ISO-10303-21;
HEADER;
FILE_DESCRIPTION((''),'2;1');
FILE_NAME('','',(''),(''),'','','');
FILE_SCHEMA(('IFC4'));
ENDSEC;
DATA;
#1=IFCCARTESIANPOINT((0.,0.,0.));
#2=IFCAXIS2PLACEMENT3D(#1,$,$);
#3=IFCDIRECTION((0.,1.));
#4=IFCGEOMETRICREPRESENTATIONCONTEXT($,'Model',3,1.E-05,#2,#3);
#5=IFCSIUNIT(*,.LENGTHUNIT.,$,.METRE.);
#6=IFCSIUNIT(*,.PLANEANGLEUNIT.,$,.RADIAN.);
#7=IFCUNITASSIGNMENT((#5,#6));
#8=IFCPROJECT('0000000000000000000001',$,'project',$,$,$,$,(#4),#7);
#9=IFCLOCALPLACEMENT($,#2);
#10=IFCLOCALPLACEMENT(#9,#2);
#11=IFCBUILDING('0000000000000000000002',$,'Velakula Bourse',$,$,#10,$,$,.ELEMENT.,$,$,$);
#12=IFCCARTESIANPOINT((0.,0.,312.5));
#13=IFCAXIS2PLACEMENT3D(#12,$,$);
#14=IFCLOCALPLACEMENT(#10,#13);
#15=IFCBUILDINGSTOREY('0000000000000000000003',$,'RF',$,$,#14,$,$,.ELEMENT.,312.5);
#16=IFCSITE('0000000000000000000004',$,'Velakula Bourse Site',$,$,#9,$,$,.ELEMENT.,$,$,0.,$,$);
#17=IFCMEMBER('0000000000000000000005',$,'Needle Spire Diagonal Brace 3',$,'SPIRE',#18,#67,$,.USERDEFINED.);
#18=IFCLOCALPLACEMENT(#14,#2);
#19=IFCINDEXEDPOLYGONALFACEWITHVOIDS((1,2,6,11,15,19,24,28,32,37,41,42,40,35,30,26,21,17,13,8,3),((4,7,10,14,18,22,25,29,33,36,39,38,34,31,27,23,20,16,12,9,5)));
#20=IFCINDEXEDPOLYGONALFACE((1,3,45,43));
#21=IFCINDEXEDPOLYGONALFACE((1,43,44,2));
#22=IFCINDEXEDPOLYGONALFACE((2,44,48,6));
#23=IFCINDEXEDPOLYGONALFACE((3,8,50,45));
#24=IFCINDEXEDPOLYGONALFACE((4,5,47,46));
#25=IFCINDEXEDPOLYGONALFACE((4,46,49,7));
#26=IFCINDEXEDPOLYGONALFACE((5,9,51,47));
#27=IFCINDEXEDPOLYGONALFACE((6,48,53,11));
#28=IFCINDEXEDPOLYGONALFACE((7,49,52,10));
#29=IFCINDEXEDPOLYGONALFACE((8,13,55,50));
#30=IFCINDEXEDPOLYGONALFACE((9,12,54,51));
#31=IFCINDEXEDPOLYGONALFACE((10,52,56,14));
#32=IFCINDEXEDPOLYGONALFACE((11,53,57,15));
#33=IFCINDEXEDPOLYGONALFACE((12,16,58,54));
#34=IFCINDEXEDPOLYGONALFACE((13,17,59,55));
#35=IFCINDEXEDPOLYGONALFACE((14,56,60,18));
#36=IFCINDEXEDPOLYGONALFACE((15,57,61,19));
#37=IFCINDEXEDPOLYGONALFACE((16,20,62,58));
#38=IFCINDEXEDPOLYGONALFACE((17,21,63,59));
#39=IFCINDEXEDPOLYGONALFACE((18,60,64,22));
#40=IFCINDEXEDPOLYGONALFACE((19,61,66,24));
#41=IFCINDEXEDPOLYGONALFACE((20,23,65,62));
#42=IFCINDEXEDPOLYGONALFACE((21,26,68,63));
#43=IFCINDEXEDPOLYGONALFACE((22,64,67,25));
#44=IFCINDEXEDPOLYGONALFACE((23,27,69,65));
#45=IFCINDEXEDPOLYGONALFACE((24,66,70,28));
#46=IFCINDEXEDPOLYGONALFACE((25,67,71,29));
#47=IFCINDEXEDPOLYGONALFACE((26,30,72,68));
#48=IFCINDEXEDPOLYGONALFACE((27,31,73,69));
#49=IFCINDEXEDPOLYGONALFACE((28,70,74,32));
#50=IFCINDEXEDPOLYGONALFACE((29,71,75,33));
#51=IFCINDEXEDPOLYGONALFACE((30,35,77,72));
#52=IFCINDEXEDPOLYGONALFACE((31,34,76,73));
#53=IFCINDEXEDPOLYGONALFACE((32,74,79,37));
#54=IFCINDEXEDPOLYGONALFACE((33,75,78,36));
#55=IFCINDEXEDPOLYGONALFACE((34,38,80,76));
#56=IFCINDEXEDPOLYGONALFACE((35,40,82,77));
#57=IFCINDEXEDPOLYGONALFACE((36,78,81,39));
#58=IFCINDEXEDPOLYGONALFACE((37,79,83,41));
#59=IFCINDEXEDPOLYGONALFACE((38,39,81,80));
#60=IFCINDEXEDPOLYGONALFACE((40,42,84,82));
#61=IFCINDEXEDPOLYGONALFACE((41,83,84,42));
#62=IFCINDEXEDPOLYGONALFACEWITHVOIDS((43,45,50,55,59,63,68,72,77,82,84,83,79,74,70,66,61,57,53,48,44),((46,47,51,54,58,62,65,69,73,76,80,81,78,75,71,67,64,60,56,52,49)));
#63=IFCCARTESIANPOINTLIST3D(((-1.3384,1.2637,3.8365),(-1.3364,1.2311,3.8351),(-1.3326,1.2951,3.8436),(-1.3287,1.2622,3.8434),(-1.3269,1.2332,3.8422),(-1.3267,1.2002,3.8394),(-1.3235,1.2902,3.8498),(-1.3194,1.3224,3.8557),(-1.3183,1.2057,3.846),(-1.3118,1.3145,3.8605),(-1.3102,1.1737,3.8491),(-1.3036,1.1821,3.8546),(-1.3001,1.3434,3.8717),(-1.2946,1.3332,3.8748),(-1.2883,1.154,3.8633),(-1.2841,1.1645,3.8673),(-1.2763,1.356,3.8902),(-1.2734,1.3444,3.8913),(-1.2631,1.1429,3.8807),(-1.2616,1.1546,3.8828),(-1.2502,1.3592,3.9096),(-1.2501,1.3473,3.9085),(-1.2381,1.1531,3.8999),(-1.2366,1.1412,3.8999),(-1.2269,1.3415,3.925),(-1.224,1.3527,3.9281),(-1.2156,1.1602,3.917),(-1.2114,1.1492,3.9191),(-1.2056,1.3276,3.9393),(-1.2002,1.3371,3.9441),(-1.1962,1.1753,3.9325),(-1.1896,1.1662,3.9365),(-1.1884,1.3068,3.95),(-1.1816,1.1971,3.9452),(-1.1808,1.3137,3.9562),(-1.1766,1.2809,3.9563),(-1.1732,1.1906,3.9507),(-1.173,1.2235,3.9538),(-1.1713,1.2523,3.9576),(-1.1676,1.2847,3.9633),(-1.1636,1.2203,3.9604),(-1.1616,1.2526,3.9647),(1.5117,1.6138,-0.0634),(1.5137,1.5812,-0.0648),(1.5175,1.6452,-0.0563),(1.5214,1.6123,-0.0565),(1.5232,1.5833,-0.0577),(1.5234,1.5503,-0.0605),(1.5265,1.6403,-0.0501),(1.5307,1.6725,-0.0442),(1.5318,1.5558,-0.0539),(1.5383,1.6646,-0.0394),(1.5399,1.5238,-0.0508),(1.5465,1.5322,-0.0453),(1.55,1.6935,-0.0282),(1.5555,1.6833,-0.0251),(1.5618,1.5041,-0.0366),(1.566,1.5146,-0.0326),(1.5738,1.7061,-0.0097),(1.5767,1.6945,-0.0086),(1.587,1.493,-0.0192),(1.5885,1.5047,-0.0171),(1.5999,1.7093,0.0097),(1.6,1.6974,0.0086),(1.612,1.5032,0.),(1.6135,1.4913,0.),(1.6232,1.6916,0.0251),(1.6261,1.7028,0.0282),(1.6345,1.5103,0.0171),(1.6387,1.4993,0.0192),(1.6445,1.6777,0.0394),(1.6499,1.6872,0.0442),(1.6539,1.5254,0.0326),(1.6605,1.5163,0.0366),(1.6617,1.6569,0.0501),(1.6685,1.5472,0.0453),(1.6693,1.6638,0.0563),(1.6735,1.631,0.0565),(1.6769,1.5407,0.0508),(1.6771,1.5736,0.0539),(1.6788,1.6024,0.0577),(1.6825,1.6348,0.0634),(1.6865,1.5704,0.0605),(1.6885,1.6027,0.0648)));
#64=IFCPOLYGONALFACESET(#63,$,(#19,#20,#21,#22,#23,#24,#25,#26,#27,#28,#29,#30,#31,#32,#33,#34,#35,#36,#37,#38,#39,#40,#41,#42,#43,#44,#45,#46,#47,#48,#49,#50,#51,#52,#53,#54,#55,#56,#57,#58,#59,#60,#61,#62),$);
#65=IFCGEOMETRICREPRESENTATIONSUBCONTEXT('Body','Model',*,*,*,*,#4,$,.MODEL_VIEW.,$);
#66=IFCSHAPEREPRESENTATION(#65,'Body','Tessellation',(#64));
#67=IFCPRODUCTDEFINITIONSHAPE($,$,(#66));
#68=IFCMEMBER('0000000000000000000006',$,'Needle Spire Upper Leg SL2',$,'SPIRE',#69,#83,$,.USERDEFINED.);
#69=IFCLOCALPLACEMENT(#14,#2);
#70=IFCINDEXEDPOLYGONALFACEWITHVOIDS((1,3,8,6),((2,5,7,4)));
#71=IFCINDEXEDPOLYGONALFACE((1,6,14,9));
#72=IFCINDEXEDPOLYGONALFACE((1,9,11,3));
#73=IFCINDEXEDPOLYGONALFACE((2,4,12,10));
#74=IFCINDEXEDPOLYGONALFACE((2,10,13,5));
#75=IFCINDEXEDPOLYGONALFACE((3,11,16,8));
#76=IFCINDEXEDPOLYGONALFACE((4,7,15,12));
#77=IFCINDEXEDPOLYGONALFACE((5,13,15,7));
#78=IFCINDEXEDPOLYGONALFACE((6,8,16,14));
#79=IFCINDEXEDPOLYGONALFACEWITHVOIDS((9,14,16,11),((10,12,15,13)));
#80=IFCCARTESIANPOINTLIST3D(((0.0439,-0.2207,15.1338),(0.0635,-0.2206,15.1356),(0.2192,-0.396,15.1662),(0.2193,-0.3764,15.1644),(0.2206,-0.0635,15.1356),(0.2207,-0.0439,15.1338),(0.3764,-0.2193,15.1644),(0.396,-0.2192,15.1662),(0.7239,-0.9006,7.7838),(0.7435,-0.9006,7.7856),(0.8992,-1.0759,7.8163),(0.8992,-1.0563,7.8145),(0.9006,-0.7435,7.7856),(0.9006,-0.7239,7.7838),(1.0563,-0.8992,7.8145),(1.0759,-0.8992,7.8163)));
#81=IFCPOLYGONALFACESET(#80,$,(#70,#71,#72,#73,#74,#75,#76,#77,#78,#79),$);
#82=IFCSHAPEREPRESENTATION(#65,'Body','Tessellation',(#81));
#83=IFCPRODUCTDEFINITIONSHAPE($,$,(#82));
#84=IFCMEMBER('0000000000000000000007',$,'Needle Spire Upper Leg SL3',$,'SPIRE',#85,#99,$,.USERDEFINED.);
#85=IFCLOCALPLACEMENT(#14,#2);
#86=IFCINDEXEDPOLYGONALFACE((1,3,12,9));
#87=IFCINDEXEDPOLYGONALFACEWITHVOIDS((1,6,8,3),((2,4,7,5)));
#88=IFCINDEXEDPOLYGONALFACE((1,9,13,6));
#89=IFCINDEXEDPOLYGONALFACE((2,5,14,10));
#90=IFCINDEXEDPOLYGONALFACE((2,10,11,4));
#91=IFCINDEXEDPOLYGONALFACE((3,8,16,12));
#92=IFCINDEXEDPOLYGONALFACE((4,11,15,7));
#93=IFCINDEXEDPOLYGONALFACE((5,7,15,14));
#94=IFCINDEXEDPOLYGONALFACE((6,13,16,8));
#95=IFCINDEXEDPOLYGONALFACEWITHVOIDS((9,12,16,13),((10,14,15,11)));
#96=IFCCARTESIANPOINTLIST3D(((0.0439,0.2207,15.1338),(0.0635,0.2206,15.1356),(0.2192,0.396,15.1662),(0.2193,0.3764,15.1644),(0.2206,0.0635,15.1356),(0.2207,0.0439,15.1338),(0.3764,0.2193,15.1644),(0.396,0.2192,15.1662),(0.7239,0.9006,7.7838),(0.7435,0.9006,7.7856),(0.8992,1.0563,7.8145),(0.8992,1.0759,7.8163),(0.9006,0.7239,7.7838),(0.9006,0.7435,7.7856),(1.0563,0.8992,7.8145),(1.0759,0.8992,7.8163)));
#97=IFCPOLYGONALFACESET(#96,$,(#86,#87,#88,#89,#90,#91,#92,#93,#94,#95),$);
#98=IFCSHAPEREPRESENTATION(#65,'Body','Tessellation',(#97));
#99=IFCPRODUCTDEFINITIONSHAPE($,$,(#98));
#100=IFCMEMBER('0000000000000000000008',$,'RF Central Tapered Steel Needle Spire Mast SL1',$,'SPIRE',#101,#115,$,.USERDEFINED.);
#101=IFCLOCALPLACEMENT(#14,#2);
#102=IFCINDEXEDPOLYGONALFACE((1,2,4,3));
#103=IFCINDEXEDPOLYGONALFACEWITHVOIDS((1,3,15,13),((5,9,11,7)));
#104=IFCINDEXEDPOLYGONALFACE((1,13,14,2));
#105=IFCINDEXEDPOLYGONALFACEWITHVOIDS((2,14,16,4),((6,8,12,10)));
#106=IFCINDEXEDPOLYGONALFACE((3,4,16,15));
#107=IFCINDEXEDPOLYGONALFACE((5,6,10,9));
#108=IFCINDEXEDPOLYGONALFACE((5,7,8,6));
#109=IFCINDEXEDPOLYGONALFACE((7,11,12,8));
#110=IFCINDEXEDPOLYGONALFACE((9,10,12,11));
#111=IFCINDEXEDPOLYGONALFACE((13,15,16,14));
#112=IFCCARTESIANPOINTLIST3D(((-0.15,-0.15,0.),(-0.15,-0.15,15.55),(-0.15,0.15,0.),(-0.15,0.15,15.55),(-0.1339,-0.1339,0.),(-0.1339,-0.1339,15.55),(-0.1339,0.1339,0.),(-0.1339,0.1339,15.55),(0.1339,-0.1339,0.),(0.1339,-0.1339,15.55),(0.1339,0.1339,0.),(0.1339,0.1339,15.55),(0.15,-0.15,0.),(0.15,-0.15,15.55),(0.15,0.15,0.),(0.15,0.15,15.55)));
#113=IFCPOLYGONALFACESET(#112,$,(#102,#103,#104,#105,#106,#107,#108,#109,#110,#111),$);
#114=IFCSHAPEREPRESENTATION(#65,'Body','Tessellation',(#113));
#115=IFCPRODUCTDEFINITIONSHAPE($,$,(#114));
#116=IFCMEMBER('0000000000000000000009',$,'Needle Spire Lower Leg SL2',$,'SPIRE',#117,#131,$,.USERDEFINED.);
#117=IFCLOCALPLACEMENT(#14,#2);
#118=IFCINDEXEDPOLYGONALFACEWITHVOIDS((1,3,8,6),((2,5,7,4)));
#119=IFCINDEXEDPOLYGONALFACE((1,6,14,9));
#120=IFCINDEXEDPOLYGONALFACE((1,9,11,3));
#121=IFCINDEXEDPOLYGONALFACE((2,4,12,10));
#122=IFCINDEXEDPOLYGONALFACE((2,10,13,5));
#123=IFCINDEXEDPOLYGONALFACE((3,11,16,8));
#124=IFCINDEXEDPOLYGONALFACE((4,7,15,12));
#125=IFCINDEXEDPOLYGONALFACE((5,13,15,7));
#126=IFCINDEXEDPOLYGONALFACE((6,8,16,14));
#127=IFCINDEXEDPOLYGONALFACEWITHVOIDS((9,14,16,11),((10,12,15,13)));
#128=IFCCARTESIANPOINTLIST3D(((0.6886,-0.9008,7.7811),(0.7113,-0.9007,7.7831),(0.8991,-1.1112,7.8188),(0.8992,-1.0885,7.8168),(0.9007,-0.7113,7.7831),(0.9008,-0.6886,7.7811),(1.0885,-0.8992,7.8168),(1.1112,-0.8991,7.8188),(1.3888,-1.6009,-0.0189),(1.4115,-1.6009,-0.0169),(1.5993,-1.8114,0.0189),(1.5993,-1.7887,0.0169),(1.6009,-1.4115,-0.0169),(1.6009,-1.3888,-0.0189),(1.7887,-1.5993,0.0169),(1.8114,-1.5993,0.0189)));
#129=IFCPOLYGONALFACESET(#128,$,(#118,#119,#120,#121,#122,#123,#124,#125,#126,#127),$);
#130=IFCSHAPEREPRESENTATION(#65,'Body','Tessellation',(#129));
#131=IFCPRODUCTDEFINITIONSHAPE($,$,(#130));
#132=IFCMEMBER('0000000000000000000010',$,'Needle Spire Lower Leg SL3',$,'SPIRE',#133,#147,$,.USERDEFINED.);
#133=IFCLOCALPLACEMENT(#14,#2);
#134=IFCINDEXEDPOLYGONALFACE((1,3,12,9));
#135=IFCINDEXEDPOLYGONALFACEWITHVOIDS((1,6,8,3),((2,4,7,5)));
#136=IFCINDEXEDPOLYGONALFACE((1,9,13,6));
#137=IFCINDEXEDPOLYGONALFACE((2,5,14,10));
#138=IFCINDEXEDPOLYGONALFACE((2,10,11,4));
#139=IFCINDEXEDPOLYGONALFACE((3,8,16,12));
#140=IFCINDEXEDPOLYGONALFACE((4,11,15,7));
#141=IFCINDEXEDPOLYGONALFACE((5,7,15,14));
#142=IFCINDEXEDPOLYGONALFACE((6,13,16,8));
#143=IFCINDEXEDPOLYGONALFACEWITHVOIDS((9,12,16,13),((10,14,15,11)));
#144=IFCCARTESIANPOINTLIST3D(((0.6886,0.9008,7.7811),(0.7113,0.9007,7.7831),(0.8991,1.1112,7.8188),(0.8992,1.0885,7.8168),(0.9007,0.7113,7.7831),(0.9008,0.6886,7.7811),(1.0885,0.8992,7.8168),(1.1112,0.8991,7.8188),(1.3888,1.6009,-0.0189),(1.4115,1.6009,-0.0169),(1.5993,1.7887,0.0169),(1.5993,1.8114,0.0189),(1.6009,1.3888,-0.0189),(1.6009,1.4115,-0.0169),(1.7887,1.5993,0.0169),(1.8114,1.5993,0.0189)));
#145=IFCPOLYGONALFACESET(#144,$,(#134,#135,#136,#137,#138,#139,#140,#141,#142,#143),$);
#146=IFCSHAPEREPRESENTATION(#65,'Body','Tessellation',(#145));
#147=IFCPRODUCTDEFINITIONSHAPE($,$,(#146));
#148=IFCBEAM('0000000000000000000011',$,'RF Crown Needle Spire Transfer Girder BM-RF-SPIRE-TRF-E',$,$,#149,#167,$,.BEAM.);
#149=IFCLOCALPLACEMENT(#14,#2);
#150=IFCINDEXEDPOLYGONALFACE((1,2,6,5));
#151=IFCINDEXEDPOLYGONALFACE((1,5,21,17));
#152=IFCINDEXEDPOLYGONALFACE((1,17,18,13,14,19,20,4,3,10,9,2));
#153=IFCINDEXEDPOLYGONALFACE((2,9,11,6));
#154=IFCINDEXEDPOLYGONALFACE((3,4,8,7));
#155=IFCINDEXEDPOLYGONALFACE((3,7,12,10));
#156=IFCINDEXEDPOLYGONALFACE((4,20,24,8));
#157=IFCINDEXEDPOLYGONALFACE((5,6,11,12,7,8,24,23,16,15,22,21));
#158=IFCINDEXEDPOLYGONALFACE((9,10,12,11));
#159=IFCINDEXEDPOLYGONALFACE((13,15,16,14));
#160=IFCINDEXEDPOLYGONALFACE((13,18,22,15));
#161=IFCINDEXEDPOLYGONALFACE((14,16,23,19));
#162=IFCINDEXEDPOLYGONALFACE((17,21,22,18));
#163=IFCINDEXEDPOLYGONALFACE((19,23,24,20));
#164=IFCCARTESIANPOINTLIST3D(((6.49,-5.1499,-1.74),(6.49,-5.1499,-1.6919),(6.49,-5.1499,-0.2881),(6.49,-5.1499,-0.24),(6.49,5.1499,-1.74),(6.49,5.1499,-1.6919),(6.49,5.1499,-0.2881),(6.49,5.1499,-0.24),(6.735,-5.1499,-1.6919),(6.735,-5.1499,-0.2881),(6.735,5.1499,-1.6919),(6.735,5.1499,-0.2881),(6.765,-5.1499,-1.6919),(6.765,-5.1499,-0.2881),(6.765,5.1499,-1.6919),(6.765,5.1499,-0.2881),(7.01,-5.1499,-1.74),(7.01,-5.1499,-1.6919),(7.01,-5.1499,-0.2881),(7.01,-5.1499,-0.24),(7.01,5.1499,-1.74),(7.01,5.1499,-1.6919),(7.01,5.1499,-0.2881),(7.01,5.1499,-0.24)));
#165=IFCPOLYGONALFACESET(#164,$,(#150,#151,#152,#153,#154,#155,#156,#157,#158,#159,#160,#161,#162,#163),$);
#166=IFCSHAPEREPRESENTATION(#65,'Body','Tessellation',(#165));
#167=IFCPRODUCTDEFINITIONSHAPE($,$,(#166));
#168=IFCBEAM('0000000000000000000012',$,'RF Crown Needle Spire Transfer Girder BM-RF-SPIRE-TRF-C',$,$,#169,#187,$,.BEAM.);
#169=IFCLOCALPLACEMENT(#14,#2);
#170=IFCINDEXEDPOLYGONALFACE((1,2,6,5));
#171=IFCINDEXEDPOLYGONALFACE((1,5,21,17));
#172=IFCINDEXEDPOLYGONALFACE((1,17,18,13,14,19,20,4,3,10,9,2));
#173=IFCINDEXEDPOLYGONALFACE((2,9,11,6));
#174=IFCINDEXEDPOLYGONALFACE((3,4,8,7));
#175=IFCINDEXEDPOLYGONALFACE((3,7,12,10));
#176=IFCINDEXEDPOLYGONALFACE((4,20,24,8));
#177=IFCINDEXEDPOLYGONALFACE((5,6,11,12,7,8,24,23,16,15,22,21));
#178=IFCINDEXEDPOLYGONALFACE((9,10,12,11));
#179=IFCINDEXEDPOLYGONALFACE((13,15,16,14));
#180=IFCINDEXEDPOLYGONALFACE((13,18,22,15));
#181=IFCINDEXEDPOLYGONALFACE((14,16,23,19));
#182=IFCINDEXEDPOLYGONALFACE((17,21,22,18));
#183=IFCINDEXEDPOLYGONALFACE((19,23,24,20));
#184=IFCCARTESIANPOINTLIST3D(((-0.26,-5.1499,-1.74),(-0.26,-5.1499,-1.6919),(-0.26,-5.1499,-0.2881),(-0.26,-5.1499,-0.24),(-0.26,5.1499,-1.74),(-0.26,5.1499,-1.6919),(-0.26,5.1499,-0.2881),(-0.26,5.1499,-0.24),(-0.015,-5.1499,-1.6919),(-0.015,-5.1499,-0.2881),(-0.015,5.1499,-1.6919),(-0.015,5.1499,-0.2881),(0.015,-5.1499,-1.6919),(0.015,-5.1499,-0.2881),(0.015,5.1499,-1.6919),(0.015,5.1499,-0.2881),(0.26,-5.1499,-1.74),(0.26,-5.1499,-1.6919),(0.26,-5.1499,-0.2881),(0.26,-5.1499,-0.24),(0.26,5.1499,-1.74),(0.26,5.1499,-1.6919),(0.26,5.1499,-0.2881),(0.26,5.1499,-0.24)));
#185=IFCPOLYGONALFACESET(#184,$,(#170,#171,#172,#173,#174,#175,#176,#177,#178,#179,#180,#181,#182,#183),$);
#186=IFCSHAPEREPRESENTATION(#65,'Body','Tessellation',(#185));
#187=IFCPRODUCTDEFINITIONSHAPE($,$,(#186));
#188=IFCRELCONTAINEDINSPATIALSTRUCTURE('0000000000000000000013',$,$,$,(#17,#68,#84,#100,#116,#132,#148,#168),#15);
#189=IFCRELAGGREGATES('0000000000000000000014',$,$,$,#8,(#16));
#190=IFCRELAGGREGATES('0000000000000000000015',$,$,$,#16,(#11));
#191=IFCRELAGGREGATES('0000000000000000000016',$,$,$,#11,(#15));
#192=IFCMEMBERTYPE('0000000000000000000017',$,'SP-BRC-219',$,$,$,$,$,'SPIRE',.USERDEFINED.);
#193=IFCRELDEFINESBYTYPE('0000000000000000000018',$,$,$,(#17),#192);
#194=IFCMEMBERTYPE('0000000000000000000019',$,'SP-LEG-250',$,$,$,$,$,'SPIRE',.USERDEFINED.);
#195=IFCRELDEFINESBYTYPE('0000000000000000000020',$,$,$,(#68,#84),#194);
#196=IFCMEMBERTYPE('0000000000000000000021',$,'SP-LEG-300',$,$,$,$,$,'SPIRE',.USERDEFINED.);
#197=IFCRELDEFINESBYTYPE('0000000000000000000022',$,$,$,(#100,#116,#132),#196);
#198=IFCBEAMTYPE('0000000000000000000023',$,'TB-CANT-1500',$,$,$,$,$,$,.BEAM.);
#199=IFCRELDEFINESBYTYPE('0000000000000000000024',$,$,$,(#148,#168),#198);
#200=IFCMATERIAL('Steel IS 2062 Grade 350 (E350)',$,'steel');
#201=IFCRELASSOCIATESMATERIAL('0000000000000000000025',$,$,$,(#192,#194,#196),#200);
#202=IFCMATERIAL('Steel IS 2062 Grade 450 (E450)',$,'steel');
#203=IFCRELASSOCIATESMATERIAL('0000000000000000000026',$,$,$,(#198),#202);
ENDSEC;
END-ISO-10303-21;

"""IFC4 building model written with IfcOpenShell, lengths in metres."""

from ifc_helpers import new_model, si_unit, direction, frame, origin, origin_with_axes, origin_2d, place, context, subcontext, project, spatial, hollow_rectangle, hollow_circle, i_section, extrude, material, material_profile, profile_set, type_object, element, save


model = new_model("IFC4")

# Units and contexts
model_context = context("Model", 3, precision=1e-05, world=origin(), true_north=direction((0.0, 1.0)))
body_context = subcontext(model_context, "Body", "Model", "MODEL_VIEW")
ifc_project = project(units=[si_unit("LENGTHUNIT", "METRE"), si_unit("PLANEANGLEUNIT", "RADIAN")], contexts=[model_context])

# Site, building, storey
site_placement = place(None, origin())
site = spatial("IfcSite", under=ifc_project, at=site_placement, Name="Velakula Bourse Site", CompositionType="ELEMENT", RefElevation=0.0)
building_placement = place(site_placement, origin())
building = spatial("IfcBuilding", under=site, at=building_placement, Name="Velakula Bourse", CompositionType="ELEMENT")
storey_placement = place(building_placement, frame((0.0, 0.0, 312.5)))
storey = spatial("IfcBuildingStorey", under=building, at=storey_placement, Name="RF", CompositionType="ELEMENT", Elevation=312.5)

# Shared definitions
ifc_material_1 = material(Name="Steel IS 2062 Grade 350 (E350)", Category="steel")

# Members
ifc_material_profile_1 = material_profile(ifc_material_1, hollow_circle(Radius=0.1096, WallThickness=0.012, at=origin_2d()), Name="Steel IS 2062 Grade 350 (E350)")
ifc_profile_set_1 = profile_set([ifc_material_profile_1], Name="Steel IS 2062 Grade 350 (E350)")
member_type_1 = type_object("IfcMemberType", Name="SP-BRC-219", ElementType="SPIRE", PredefinedType="USERDEFINED", material=ifc_profile_set_1)
for number, where, z_axis, x_axis, name in (
    (1, (1.6001, 1.6001, 0.0), (-0.588496, -0.072289, 0.805262), (0.121921, -0.99254, 0.0), "Needle Spire Diagonal Brace 3"),
):
    element("IfcMember", number, at=place(storey_placement, frame(where, z_axis=z_axis, x_axis=x_axis)), inside=storey, type_object=member_type_1, Name=name, ObjectType="SPIRE", PredefinedType="USERDEFINED", context=body_context, shape_type="SweptSolid", body=[
        extrude(hollow_circle(Radius=0.1096, WallThickness=0.012, at=origin_2d()), origin(), (0.0, 0.0, 1.0), 4.843),
    ])
ifc_material_profile_2 = material_profile(ifc_material_1, hollow_rectangle(XDim=0.25, YDim=0.25, WallThickness=0.0139, at=origin_2d()), Name="Steel IS 2062 Grade 350 (E350)")
ifc_profile_set_2 = profile_set([ifc_material_profile_2], Name="Steel IS 2062 Grade 350 (E350)")
member_type_2 = type_object("IfcMemberType", Name="SP-LEG-250", ElementType="SPIRE", PredefinedType="USERDEFINED", material=ifc_profile_set_2)
for number, where, z_axis, x_axis, name in (
    (2, (0.8999, -0.8999, 7.8), (-0.091728, 0.091728, 0.99155), (-0.707107, -0.707107, 0.0), "Needle Spire Upper Leg SL2"),
    (3, (0.8999, 0.8999, 7.8), (-0.091728, -0.091728, 0.99155), (0.707107, -0.707107, 0.0), "Needle Spire Upper Leg SL3"),
):
    element("IfcMember", number, at=place(storey_placement, frame(where, z_axis=z_axis, x_axis=x_axis)), inside=storey, type_object=member_type_2, Name=name, ObjectType="SPIRE", PredefinedType="USERDEFINED", context=body_context, shape_type="SweptSolid", body=[
        extrude(hollow_rectangle(XDim=0.25, YDim=0.25, WallThickness=0.0139, at=origin_2d()), origin(), (0.0, 0.0, 1.0), 7.4126),
    ])
ifc_material_profile_3 = material_profile(ifc_material_1, hollow_rectangle(XDim=0.3, YDim=0.3, WallThickness=0.0161, at=origin_2d()), Name="Steel IS 2062 Grade 350 (E350)")
ifc_profile_set_3 = profile_set([ifc_material_profile_3], Name="Steel IS 2062 Grade 350 (E350)")
member_type_3 = type_object("IfcMemberType", Name="SP-LEG-300", ElementType="SPIRE", PredefinedType="USERDEFINED", material=ifc_profile_set_3)
member_placement = place(storey_placement, origin_with_axes())
element("IfcMember", 4, at=member_placement, inside=storey, type_object=member_type_3, Name="RF Central Tapered Steel Needle Spire Mast SL1", ObjectType="SPIRE", PredefinedType="USERDEFINED", context=body_context, shape_type="SweptSolid", body=[
    extrude(hollow_rectangle(XDim=0.3, YDim=0.3, WallThickness=0.0161, at=origin_2d()), origin(), (0.0, 0.0, 1.0), 15.55),
])
for number, where, z_axis, x_axis, name in (
    (5, (1.6001, -1.6001, 0.0), (-0.089053, 0.089053, 0.992038), (-0.707107, -0.707107, 0.0), "Needle Spire Lower Leg SL2"),
    (6, (1.6001, 1.6001, 0.0), (-0.089053, -0.089053, 0.992038), (0.707107, -0.707107, 0.0), "Needle Spire Lower Leg SL3"),
):
    element("IfcMember", number, at=place(storey_placement, frame(where, z_axis=z_axis, x_axis=x_axis)), inside=storey, type_object=member_type_3, Name=name, ObjectType="SPIRE", PredefinedType="USERDEFINED", context=body_context, shape_type="SweptSolid", body=[
        extrude(hollow_rectangle(XDim=0.3, YDim=0.3, WallThickness=0.0161, at=origin_2d()), origin(), (0.0, 0.0, 1.0), 7.8625),
    ])

# Beams
ifc_material_2 = material(Name="Steel IS 2062 Grade 450 (E450)", Category="steel")
ifc_material_profile_4 = material_profile(ifc_material_2, i_section(OverallWidth=0.52, OverallDepth=1.5, WebThickness=0.03, FlangeThickness=0.0481, at=origin_2d()), Name="Steel IS 2062 Grade 450 (E450)")
ifc_profile_set_4 = profile_set([ifc_material_profile_4], Name="Steel IS 2062 Grade 450 (E450)")
beam_type_1 = type_object("IfcBeamType", Name="TB-CANT-1500", PredefinedType="BEAM", material=ifc_profile_set_4)
for number, where, z_axis, x_axis, name in (
    (7, (6.75, -5.1499, -0.99), (0.0, 1.0, 0.0), (-1.0, 0.0, 0.0), "RF Crown Needle Spire Transfer Girder BM-RF-SPIRE-TRF-E"),
    (8, (0.0, -5.1499, -0.99), (0.0, 1.0, 0.0), (-1.0, 0.0, 0.0), "RF Crown Needle Spire Transfer Girder BM-RF-SPIRE-TRF-C"),
):
    element("IfcBeam", number, at=place(storey_placement, frame(where, z_axis=z_axis, x_axis=x_axis)), inside=storey, type_object=beam_type_1, Name=name, PredefinedType="BEAM", context=body_context, shape_type="SweptSolid", body=[
        extrude(i_section(OverallWidth=0.52, OverallDepth=1.5, WebThickness=0.03, FlangeThickness=0.0481, at=origin_2d()), origin(), (0.0, 0.0, 1.0), 10.2998),
    ])

save(model, "model.ifc")
